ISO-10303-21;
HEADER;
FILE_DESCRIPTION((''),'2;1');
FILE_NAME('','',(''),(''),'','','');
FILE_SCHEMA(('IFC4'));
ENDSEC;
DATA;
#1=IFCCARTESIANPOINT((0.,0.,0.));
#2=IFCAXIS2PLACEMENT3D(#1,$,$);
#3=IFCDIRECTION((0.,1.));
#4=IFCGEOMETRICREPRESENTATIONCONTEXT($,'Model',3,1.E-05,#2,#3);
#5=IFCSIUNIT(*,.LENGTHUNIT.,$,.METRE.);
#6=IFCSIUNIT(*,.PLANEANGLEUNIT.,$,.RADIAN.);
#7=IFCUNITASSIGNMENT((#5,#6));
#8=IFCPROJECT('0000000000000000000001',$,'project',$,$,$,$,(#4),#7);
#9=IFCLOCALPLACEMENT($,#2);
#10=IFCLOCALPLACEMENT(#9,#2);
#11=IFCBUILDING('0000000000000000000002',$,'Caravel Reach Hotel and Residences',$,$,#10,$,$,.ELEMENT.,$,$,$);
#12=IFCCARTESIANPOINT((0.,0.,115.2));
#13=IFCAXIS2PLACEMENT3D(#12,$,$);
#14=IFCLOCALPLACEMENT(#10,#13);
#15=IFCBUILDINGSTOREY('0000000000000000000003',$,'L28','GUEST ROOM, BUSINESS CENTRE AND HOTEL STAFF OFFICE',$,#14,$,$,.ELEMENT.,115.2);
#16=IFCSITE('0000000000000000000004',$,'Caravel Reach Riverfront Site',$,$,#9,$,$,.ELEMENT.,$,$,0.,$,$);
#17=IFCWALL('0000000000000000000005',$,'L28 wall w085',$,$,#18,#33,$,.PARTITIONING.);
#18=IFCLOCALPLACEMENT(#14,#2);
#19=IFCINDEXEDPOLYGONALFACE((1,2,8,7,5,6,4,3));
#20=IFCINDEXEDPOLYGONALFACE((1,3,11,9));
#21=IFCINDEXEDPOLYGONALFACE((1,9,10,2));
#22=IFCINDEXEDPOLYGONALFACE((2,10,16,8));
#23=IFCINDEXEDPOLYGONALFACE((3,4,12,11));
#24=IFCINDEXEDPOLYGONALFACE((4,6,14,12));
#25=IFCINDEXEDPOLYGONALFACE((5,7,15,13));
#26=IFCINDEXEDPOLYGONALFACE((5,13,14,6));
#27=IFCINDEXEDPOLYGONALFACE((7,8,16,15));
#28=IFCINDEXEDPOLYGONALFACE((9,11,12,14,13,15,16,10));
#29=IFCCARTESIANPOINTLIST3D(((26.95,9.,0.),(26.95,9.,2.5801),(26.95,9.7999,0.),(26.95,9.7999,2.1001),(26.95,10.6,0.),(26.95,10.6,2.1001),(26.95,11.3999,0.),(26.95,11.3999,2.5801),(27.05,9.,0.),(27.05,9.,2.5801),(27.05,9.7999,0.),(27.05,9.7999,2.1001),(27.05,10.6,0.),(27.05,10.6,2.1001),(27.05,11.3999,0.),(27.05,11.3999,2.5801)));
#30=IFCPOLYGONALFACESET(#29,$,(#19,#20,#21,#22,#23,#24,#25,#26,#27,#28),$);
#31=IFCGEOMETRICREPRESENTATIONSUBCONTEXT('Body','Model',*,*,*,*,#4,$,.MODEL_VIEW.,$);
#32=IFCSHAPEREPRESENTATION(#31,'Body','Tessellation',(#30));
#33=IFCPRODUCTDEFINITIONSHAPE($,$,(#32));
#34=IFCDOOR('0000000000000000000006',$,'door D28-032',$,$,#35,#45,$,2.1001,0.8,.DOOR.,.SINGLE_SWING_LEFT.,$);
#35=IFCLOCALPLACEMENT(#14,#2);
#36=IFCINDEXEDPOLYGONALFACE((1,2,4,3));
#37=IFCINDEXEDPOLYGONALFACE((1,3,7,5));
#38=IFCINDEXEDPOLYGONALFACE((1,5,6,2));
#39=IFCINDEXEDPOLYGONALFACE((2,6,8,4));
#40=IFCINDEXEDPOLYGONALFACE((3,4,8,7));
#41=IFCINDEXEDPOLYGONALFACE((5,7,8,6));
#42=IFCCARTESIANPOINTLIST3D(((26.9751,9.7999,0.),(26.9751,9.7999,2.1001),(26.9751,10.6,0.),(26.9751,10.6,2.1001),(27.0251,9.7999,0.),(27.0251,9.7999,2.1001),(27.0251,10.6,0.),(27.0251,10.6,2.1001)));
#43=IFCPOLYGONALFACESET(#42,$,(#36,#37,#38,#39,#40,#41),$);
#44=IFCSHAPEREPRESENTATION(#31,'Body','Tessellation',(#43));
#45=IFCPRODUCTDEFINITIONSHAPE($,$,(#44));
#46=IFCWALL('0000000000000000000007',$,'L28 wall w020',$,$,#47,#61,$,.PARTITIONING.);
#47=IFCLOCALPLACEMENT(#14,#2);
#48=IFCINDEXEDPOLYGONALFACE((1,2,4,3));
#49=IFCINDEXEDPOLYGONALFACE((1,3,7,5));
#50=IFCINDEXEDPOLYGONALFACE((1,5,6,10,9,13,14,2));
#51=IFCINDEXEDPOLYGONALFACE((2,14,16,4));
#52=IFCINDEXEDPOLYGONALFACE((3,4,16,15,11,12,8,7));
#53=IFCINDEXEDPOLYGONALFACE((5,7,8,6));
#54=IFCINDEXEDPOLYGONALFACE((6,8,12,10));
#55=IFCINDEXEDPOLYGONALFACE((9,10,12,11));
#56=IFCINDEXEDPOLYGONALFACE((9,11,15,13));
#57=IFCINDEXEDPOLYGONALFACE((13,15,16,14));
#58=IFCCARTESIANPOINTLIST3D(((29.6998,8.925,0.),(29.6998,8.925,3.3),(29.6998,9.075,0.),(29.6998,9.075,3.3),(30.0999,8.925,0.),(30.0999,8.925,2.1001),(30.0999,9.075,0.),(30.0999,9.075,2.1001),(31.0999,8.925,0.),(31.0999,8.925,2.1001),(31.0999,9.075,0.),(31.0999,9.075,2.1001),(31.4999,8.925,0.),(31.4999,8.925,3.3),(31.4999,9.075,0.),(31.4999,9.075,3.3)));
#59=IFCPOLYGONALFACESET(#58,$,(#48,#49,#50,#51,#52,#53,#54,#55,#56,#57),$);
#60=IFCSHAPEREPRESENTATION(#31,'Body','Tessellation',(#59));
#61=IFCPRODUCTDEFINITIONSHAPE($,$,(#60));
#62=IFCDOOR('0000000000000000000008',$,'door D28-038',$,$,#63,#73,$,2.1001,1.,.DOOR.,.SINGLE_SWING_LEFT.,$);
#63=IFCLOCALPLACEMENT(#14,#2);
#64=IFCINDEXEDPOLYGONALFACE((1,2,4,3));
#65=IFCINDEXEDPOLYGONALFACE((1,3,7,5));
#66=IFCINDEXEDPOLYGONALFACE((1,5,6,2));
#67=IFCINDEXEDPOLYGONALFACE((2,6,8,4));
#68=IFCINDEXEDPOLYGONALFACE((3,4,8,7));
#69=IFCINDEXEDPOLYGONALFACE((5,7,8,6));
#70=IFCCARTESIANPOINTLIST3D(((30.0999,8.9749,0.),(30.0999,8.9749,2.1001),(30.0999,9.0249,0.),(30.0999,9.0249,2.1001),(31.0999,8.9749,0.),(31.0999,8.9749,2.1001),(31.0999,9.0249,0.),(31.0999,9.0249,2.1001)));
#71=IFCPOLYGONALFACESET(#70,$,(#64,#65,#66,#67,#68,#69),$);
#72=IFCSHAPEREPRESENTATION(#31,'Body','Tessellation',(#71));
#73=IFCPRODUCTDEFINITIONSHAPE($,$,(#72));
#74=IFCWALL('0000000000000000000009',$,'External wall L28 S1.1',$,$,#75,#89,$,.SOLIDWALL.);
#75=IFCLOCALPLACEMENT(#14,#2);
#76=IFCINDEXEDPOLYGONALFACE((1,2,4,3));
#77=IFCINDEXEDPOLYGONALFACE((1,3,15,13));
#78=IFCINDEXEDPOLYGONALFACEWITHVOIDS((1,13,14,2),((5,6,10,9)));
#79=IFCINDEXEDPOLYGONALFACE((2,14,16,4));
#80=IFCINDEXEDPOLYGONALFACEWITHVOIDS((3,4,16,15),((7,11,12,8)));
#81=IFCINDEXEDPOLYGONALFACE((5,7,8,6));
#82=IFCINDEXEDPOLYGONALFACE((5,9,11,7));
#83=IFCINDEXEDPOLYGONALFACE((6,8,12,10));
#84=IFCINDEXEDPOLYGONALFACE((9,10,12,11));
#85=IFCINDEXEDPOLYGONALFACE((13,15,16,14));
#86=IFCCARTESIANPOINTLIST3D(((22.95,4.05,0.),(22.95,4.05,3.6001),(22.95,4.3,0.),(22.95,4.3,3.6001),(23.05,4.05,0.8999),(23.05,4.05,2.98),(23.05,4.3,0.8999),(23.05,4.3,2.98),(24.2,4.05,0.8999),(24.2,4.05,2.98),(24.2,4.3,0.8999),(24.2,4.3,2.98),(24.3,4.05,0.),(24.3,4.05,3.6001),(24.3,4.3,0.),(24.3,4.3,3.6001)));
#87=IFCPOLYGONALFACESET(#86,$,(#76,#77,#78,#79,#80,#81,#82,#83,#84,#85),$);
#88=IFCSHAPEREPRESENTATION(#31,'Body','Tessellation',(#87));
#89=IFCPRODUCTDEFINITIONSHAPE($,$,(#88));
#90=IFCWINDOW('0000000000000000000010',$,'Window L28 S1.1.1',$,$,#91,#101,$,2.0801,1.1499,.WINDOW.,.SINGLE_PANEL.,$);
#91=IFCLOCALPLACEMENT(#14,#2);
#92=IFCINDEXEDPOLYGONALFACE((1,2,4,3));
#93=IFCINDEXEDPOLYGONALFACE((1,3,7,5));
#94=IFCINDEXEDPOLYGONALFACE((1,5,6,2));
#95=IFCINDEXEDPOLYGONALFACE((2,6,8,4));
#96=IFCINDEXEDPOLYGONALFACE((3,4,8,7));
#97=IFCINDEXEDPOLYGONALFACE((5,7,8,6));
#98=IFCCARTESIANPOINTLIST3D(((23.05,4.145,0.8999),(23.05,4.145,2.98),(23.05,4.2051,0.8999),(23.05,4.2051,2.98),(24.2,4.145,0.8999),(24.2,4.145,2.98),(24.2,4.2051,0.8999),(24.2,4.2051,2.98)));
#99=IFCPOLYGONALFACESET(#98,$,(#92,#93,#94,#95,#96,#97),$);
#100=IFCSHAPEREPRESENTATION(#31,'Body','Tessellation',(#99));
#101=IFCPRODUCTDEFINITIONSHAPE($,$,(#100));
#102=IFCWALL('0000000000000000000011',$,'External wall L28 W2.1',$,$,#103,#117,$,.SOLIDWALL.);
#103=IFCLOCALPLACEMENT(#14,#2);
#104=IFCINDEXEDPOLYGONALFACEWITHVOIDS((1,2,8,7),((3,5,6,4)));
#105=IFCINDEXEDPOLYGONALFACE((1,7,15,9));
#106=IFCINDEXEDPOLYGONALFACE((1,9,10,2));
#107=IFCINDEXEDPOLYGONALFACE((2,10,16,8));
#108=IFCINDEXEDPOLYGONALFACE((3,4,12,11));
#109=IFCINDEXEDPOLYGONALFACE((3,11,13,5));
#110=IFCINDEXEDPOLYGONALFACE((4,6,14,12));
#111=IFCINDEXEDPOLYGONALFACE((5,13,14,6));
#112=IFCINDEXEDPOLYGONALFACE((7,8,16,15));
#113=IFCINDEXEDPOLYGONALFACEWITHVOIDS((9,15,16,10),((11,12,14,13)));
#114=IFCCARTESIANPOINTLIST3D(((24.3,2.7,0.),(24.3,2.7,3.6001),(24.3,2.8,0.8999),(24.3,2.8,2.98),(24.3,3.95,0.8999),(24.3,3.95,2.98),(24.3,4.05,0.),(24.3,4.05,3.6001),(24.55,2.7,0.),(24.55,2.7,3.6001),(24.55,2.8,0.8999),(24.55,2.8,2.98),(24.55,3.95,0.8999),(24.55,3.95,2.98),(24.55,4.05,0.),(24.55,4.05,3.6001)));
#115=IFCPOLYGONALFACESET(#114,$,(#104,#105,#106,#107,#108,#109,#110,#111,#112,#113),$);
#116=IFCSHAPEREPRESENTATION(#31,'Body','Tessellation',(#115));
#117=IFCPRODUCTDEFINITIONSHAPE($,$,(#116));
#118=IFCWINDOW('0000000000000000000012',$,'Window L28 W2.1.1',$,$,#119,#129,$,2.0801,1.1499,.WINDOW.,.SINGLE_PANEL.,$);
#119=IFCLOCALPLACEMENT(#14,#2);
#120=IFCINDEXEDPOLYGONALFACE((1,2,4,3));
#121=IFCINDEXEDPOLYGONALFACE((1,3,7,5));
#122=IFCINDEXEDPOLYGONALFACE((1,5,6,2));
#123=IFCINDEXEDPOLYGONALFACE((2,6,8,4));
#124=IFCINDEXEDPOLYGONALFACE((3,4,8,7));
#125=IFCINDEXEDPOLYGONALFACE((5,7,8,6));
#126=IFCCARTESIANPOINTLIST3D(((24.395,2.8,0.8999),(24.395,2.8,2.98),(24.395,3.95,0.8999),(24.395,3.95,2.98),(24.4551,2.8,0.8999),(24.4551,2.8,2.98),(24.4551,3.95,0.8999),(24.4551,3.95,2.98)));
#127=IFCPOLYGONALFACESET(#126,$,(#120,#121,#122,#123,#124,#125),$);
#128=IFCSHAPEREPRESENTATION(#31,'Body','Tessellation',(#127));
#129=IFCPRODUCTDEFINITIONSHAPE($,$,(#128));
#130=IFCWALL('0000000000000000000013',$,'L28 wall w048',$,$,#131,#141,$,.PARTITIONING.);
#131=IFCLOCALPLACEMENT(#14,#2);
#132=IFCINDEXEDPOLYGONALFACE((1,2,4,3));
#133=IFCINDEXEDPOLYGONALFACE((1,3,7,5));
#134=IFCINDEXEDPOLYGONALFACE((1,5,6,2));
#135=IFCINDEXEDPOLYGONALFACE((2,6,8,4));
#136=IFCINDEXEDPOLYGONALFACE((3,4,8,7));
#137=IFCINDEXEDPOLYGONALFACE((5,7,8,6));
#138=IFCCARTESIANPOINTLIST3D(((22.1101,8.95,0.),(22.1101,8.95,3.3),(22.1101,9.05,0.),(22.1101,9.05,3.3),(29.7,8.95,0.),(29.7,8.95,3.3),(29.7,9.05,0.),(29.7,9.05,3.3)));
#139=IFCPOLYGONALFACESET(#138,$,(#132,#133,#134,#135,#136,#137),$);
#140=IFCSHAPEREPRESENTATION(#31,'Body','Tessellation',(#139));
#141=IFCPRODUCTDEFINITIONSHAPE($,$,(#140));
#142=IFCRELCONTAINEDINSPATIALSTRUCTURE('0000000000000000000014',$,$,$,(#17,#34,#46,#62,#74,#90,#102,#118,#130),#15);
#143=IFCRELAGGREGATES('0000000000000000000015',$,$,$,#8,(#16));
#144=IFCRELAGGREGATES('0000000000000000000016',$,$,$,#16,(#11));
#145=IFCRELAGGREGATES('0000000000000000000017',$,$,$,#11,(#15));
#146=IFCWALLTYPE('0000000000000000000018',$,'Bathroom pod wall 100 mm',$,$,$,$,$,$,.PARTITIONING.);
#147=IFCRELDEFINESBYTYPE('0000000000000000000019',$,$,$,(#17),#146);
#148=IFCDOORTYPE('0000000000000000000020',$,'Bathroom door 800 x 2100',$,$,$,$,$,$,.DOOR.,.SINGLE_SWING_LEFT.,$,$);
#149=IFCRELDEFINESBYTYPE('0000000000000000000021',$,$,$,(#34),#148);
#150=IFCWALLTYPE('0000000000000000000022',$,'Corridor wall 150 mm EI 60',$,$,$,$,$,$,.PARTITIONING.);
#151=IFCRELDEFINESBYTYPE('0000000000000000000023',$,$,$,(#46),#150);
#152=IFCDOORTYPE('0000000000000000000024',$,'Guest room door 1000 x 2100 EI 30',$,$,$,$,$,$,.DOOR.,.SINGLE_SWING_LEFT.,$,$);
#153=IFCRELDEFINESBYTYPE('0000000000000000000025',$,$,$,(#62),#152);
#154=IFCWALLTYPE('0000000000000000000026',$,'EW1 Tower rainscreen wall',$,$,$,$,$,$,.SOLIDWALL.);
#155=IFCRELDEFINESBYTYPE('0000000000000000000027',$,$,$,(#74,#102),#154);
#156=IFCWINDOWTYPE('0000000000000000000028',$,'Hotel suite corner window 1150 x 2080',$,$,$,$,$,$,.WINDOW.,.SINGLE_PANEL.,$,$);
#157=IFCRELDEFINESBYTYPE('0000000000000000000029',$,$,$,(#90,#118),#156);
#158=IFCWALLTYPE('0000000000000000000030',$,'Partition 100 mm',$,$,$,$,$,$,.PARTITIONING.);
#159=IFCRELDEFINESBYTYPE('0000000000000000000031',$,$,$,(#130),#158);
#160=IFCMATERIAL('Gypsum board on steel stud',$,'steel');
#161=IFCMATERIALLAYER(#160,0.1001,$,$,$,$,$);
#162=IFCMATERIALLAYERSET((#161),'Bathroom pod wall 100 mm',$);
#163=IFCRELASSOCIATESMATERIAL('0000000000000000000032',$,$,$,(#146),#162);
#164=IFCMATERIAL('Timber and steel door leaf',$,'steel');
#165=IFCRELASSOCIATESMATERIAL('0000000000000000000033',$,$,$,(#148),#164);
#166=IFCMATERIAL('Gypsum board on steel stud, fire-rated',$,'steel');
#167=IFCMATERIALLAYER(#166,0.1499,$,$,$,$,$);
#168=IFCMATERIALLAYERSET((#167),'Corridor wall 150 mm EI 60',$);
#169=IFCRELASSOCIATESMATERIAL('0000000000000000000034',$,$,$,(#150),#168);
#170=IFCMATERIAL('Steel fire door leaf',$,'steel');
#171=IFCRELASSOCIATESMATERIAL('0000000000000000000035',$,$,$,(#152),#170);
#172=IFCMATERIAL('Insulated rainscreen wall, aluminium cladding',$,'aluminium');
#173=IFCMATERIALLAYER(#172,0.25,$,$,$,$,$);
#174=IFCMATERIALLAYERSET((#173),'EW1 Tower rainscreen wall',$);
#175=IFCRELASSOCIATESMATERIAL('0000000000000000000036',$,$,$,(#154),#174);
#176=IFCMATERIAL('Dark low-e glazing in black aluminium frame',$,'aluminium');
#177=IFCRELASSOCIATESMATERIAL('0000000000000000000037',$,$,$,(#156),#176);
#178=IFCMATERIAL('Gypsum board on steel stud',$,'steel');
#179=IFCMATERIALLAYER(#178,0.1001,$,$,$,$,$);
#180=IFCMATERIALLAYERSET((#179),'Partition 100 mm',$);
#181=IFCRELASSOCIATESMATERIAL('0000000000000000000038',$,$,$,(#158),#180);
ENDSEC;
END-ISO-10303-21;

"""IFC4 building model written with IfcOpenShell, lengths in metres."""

from ifc_helpers import new_model, si_unit, direction, frame, frame_2d, origin, place, context, subcontext, project, spatial, rectangle, extrude, material, layer, layer_set, type_object, element, fill, save


model = new_model("IFC4")

# Units and contexts
model_context = context("Model", 3, precision=1e-05, world=origin(), true_north=direction((0.0, 1.0)))
body_context = subcontext(model_context, "Body", "Model", "MODEL_VIEW")
ifc_project = project(units=[si_unit("LENGTHUNIT", "METRE"), si_unit("PLANEANGLEUNIT", "RADIAN")], contexts=[model_context])

# Site, building, storey
site_placement = place(None, origin())
site = spatial("IfcSite", under=ifc_project, at=site_placement, Name="Caravel Reach Riverfront Site", CompositionType="ELEMENT", RefElevation=0.0)
building_placement = place(site_placement, origin())
building = spatial("IfcBuilding", under=site, at=building_placement, Name="Caravel Reach Hotel and Residences", CompositionType="ELEMENT")
storey_placement = place(building_placement, frame((0.0, 0.0, 115.2)))
storey = spatial("IfcBuildingStorey", under=building, at=storey_placement, Name="L28", Description="GUEST ROOM, BUSINESS CENTRE AND HOTEL STAFF OFFICE", CompositionType="ELEMENT", Elevation=115.2)

# Walls, openings, doors
ifc_material_1 = material(Name="Gypsum board on steel stud", Category="steel")
ifc_layer_1 = layer(ifc_material_1, 0.1001)
ifc_layer_set_1 = layer_set([ifc_layer_1], Name="Bathroom pod wall 100 mm")
wall_type_1 = type_object("IfcWallType", Name="Bathroom pod wall 100 mm", PredefinedType="PARTITIONING", material=ifc_layer_set_1)
wall_1_placement = place(storey_placement, frame((27.0, 9.0, 0.0), z_axis=(0.0, 0.0, 1.0), x_axis=(0.0, 1.0, 0.0)))
wall_1 = element("IfcWall", 1, at=wall_1_placement, inside=storey, type_object=wall_type_1, Name="L28 wall w085", PredefinedType="PARTITIONING", context=body_context, shape_type="SweptSolid", body=[
    extrude(rectangle(XDim=2.3999, YDim=0.1001, at=frame_2d((1.2, 0.0))), origin(), (0.0, 0.0, 1.0), 2.5801),
])
opening_1_placement = place(wall_1_placement, frame((0.8, 0.0, 0.0)))
opening_1 = element("IfcOpeningElement", 2, at=opening_1_placement, cuts=wall_1, PredefinedType="OPENING", context=body_context, shape_type="SweptSolid", body=[
    extrude(rectangle(XDim=0.8, YDim=2.1001, at=frame_2d((0.3999, 1.05))), frame((0.0, 0.0601, 0.0), z_axis=(0.0, -1.0, 0.0), x_axis=(1.0, 0.0, 0.0)), (0.0, 0.0, 1.0), 0.1201),
])
ifc_material_2 = material(Name="Timber and steel door leaf", Category="steel")
door_type_1 = type_object("IfcDoorType", Name="Bathroom door 800 x 2100", OperationType="SINGLE_SWING_LEFT", PredefinedType="DOOR", material=ifc_material_2)
door_1_placement = place(opening_1_placement, origin())
door_1 = element("IfcDoor", 3, at=door_1_placement, inside=storey, type_object=door_type_1, Name="door D28-032", OperationType="SINGLE_SWING_LEFT", OverallHeight=2.1001, OverallWidth=0.8, PredefinedType="DOOR", context=body_context, shape_type="SweptSolid", body=[
    extrude(rectangle(XDim=0.8, YDim=2.1001, at=frame_2d((0.3999, 1.05))), frame((0.0, 0.0249, 0.0), z_axis=(0.0, -1.0, 0.0), x_axis=(1.0, 0.0, 0.0)), (0.0, 0.0, 1.0), 0.05),
])
fill(opening_1, door_1)
ifc_material_3 = material(Name="Gypsum board on steel stud, fire-rated", Category="steel")
ifc_layer_2 = layer(ifc_material_3, 0.1499)
ifc_layer_set_2 = layer_set([ifc_layer_2], Name="Corridor wall 150 mm EI 60")
wall_type_2 = type_object("IfcWallType", Name="Corridor wall 150 mm EI 60", PredefinedType="PARTITIONING", material=ifc_layer_set_2)
wall_2_placement = place(storey_placement, frame((29.7, 9.0, 0.0), z_axis=(0.0, 0.0, 1.0), x_axis=(1.0, 0.0, 0.0)))
wall_2 = element("IfcWall", 4, at=wall_2_placement, inside=storey, type_object=wall_type_2, Name="L28 wall w020", PredefinedType="PARTITIONING", context=body_context, shape_type="SweptSolid", body=[
    extrude(rectangle(XDim=1.8, YDim=0.1499, at=frame_2d((0.8999, 0.0))), origin(), (0.0, 0.0, 1.0), 3.3),
])
opening_2_placement = place(wall_2_placement, frame((0.3999, 0.0, 0.0)))
opening_2 = element("IfcOpeningElement", 5, at=opening_2_placement, cuts=wall_2, PredefinedType="OPENING", context=body_context, shape_type="SweptSolid", body=[
    extrude(rectangle(XDim=1.0, YDim=2.1001, at=frame_2d((0.5, 1.05))), frame((0.0, 0.085, 0.0), z_axis=(0.0, -1.0, 0.0), x_axis=(1.0, 0.0, 0.0)), (0.0, 0.0, 1.0), 0.1699),
])
ifc_material_4 = material(Name="Steel fire door leaf", Category="steel")
door_type_2 = type_object("IfcDoorType", Name="Guest room door 1000 x 2100 EI 30", OperationType="SINGLE_SWING_LEFT", PredefinedType="DOOR", material=ifc_material_4)
door_2_placement = place(opening_2_placement, origin())
door_2 = element("IfcDoor", 6, at=door_2_placement, inside=storey, type_object=door_type_2, Name="door D28-038", OperationType="SINGLE_SWING_LEFT", OverallHeight=2.1001, OverallWidth=1.0, PredefinedType="DOOR", context=body_context, shape_type="SweptSolid", body=[
    extrude(rectangle(XDim=1.0, YDim=2.1001, at=frame_2d((0.5, 1.05))), frame((0.0, 0.0249, 0.0), z_axis=(0.0, -1.0, 0.0), x_axis=(1.0, 0.0, 0.0)), (0.0, 0.0, 1.0), 0.05),
])
fill(opening_2, door_2)

# Walls, openings, windows
ifc_material_5 = material(Name="Insulated rainscreen wall, aluminium cladding", Category="aluminium")
ifc_layer_3 = layer(ifc_material_5, 0.25)
ifc_layer_set_3 = layer_set([ifc_layer_3], Name="EW1 Tower rainscreen wall")
wall_type_3 = type_object("IfcWallType", Name="EW1 Tower rainscreen wall", PredefinedType="SOLIDWALL", material=ifc_layer_set_3)
wall_3_placement = place(storey_placement, frame((22.95, 4.175, 0.0), z_axis=(0.0, 0.0, 1.0), x_axis=(1.0, 0.0, 0.0)))
wall_3 = element("IfcWall", 7, at=wall_3_placement, inside=storey, type_object=wall_type_3, Name="External wall L28 S1.1", PredefinedType="SOLIDWALL", context=body_context, shape_type="SweptSolid", body=[
    extrude(rectangle(XDim=1.3501, YDim=0.25, at=frame_2d((0.675, 0.0))), origin(), (0.0, 0.0, 1.0), 3.6001),
])
opening_3_placement = place(wall_3_placement, frame((0.1001, 0.0, 0.8999)))
opening_3 = element("IfcOpeningElement", 8, at=opening_3_placement, cuts=wall_3, PredefinedType="OPENING", context=body_context, shape_type="SweptSolid", body=[
    extrude(rectangle(XDim=1.1499, YDim=2.0801, at=frame_2d((0.575, 1.04))), frame((0.0, 0.135, 0.0), z_axis=(0.0, -1.0, 0.0), x_axis=(1.0, 0.0, 0.0)), (0.0, 0.0, 1.0), 0.27),
])
ifc_material_6 = material(Name="Dark low-e glazing in black aluminium frame", Category="aluminium")
window_type = type_object("IfcWindowType", Name="Hotel suite corner window 1150 x 2080", PartitioningType="SINGLE_PANEL", PredefinedType="WINDOW", material=ifc_material_6)
window_1_placement = place(opening_3_placement, origin())
window_1 = element("IfcWindow", 9, at=window_1_placement, inside=storey, type_object=window_type, Name="Window L28 S1.1.1", OverallHeight=2.0801, OverallWidth=1.1499, PartitioningType="SINGLE_PANEL", PredefinedType="WINDOW", context=body_context, shape_type="SweptSolid", body=[
    extrude(rectangle(XDim=1.1499, YDim=2.0801, at=frame_2d((0.575, 1.04))), frame((0.0, 0.03, 0.0), z_axis=(0.0, -1.0, 0.0), x_axis=(1.0, 0.0, 0.0)), (0.0, 0.0, 1.0), 0.0601),
])
fill(opening_3, window_1)
wall_4_placement = place(storey_placement, frame((24.425, 4.05, 0.0), z_axis=(0.0, 0.0, 1.0), x_axis=(0.0, -1.0, 0.0)))
wall_4 = element("IfcWall", 10, at=wall_4_placement, inside=storey, type_object=wall_type_3, Name="External wall L28 W2.1", PredefinedType="SOLIDWALL", context=body_context, shape_type="SweptSolid", body=[
    extrude(rectangle(XDim=1.3501, YDim=0.25, at=frame_2d((0.675, 0.0))), origin(), (0.0, 0.0, 1.0), 3.6001),
])
opening_4_placement = place(wall_4_placement, frame((0.1001, 0.0, 0.8999)))
opening_4 = element("IfcOpeningElement", 11, at=opening_4_placement, cuts=wall_4, PredefinedType="OPENING", context=body_context, shape_type="SweptSolid", body=[
    extrude(rectangle(XDim=1.1499, YDim=2.0801, at=frame_2d((0.575, 1.04))), frame((0.0, 0.135, 0.0), z_axis=(0.0, -1.0, 0.0), x_axis=(1.0, 0.0, 0.0)), (0.0, 0.0, 1.0), 0.27),
])
window_2_placement = place(opening_4_placement, origin())
window_2 = element("IfcWindow", 12, at=window_2_placement, inside=storey, type_object=window_type, Name="Window L28 W2.1.1", OverallHeight=2.0801, OverallWidth=1.1499, PartitioningType="SINGLE_PANEL", PredefinedType="WINDOW", context=body_context, shape_type="SweptSolid", body=[
    extrude(rectangle(XDim=1.1499, YDim=2.0801, at=frame_2d((0.575, 1.04))), frame((0.0, 0.03, 0.0), z_axis=(0.0, -1.0, 0.0), x_axis=(1.0, 0.0, 0.0)), (0.0, 0.0, 1.0), 0.0601),
])
fill(opening_4, window_2)

# Wall
ifc_material_7 = material(Name="Gypsum board on steel stud", Category="steel")
ifc_layer_4 = layer(ifc_material_7, 0.1001)
ifc_layer_set_4 = layer_set([ifc_layer_4], Name="Partition 100 mm")
wall_type_4 = type_object("IfcWallType", Name="Partition 100 mm", PredefinedType="PARTITIONING", material=ifc_layer_set_4)
wall_5_placement = place(storey_placement, frame((22.1101, 9.0, 0.0), z_axis=(0.0, 0.0, 1.0), x_axis=(1.0, 0.0, 0.0)))
element("IfcWall", 13, at=wall_5_placement, inside=storey, type_object=wall_type_4, Name="L28 wall w048", PredefinedType="PARTITIONING", context=body_context, shape_type="SweptSolid", body=[
    extrude(rectangle(XDim=7.5898, YDim=0.1001, at=frame_2d((3.7949, 0.0))), origin(), (0.0, 0.0, 1.0), 3.3),
])

save(model, "model.ifc")
